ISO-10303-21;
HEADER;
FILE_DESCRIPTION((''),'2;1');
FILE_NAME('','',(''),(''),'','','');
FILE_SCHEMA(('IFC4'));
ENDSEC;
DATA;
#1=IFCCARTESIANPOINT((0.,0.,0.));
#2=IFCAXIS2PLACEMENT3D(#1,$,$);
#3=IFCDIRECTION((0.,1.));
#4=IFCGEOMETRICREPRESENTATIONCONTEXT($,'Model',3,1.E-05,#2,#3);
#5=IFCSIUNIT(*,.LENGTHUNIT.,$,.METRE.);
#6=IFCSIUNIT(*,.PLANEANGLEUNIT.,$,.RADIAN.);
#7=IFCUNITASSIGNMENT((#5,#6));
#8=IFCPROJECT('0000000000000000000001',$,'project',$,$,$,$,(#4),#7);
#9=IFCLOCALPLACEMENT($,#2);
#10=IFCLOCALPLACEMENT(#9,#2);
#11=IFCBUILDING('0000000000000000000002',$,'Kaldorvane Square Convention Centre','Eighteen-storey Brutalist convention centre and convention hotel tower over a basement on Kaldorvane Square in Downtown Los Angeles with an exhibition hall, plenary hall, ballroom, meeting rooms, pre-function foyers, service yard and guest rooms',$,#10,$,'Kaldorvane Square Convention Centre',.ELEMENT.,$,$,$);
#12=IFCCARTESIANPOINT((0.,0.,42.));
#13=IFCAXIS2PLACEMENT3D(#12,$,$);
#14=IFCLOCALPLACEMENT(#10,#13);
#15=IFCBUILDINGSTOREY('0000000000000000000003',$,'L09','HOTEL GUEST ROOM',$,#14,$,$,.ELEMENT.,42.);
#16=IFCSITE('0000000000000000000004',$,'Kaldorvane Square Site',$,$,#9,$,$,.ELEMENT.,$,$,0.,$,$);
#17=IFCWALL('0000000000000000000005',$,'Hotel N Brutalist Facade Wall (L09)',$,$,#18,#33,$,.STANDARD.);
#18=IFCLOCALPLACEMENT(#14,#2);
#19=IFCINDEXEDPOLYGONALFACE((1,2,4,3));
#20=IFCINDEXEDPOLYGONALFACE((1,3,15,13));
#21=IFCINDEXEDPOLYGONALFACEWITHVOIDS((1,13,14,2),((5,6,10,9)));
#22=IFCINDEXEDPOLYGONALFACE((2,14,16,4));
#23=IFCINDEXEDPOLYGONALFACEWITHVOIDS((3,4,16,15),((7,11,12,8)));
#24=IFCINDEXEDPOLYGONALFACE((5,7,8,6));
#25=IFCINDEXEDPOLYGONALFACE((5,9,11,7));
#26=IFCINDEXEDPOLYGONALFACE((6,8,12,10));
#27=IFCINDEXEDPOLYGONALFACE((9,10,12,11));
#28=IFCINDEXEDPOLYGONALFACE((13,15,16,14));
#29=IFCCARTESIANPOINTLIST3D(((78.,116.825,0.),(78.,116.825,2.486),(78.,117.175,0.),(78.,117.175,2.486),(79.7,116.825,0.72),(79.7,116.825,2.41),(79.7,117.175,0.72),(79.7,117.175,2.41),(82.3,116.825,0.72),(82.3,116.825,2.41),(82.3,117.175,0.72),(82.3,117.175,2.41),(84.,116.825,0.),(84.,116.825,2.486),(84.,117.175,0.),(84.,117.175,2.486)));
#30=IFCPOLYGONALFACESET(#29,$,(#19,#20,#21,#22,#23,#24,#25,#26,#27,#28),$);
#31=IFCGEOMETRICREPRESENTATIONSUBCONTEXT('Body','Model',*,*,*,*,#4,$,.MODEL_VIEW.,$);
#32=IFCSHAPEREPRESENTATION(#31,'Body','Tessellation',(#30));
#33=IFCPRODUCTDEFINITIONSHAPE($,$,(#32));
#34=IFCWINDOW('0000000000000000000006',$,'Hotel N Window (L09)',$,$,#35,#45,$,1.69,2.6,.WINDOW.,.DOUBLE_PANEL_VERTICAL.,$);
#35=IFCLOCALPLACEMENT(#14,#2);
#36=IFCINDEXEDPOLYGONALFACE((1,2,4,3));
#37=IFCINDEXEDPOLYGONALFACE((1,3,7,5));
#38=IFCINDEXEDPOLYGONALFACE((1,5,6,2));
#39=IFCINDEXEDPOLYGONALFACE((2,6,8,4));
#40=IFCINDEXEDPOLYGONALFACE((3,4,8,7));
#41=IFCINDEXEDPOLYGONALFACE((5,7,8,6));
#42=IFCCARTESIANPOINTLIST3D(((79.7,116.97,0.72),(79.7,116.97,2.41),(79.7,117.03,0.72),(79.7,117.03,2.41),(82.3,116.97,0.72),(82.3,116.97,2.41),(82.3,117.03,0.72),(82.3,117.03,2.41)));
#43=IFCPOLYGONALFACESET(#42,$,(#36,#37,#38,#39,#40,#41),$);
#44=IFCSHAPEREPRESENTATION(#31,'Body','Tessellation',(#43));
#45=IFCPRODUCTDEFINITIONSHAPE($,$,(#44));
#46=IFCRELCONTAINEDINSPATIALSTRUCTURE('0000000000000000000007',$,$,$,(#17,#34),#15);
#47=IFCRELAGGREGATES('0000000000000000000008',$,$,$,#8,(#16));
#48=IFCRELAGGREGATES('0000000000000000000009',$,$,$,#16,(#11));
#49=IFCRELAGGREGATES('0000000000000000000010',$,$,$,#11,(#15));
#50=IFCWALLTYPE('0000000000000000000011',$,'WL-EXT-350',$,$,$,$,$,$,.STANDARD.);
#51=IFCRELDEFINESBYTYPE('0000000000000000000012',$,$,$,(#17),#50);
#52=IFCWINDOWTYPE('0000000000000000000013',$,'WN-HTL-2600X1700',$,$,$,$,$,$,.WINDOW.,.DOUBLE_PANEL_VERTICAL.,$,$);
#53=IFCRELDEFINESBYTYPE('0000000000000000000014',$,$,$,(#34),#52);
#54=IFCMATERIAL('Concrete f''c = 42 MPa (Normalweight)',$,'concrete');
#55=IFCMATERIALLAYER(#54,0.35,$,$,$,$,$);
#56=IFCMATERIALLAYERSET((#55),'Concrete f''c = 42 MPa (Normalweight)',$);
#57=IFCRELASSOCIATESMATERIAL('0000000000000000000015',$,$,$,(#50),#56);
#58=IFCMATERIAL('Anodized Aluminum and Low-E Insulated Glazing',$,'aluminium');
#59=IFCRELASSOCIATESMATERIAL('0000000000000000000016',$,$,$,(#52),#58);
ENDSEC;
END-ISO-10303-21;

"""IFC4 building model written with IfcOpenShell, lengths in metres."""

from ifc_helpers import new_model, si_unit, direction, frame, frame_2d, origin, place, context, subcontext, project, spatial, rectangle, extrude, material, layer, layer_set, type_object, element, fill, save


model = new_model("IFC4")

# Units and contexts
model_context = context("Model", 3, precision=1e-05, world=origin(), true_north=direction((0.0, 1.0)))
body_context = subcontext(model_context, "Body", "Model", "MODEL_VIEW")
ifc_project = project(units=[si_unit("LENGTHUNIT", "METRE"), si_unit("PLANEANGLEUNIT", "RADIAN")], contexts=[model_context])

# Site, building, storey
site_placement = place(None, origin())
site = spatial("IfcSite", under=ifc_project, at=site_placement, Name="Kaldorvane Square Site", CompositionType="ELEMENT", RefElevation=0.0)
building_placement = place(site_placement, origin())
building = spatial("IfcBuilding", under=site, at=building_placement, Name="Kaldorvane Square Convention Centre", Description="Eighteen-storey Brutalist convention centre and convention hotel tower over a basement on Kaldorvane Square in Downtown Los Angeles with an exhibition hall, plenary hall, ballroom, meeting rooms, pre-function foyers, service yard and guest rooms", LongName="Kaldorvane Square Convention Centre", CompositionType="ELEMENT")
storey_placement = place(building_placement, frame((0.0, 0.0, 42.0)))
storey = spatial("IfcBuildingStorey", under=building, at=storey_placement, Name="L09", Description="HOTEL GUEST ROOM", CompositionType="ELEMENT", Elevation=42.0)

# Shared definitions
ifc_material_1 = material(Name="Concrete f'c = 42 MPa (Normalweight)", Category="concrete")

# Shared definitions
ifc_material_2 = material(Name="Anodized Aluminum and Low-E Insulated Glazing", Category="aluminium")

# Shared definitions
ifc_layer_1 = layer(ifc_material_1, 0.35)
ifc_layer_set_1 = layer_set([ifc_layer_1], Name="Concrete f'c = 42 MPa (Normalweight)")
wall_type_1 = type_object("IfcWallType", Name="WL-EXT-350", PredefinedType="STANDARD", material=ifc_layer_set_1)
window_type_1 = type_object("IfcWindowType", Name="WN-HTL-2600X1700", PartitioningType="DOUBLE_PANEL_VERTICAL", PredefinedType="WINDOW", material=ifc_material_2)

# Wall, opening, window
wall_1_placement = place(storey_placement, frame((84.0, 117.0, 0.0), z_axis=(0.0, 0.0, 1.0), x_axis=(-1.0, 0.0, 0.0)))
wall_1 = element("IfcWall", 1, at=wall_1_placement, inside=storey, type_object=wall_type_1, Name="Hotel N Brutalist Facade Wall (L09)", PredefinedType="STANDARD", context=body_context, shape_type="SweptSolid", body=[
    extrude(rectangle(XDim=6.0, YDim=0.35, at=frame_2d((3.0, 0.0))), origin(), (0.0, 0.0, 1.0), 2.486),
])
opening_1_placement = place(wall_1_placement, frame((1.7, 0.0, 0.72)))
opening_1 = element("IfcOpeningElement", 2, at=opening_1_placement, cuts=wall_1, PredefinedType="OPENING", context=body_context, shape_type="SweptSolid", body=[
    extrude(rectangle(XDim=2.6, YDim=1.69, at=frame_2d((1.3, 0.845))), frame((0.0, 0.19, 0.0), z_axis=(0.0, -1.0, 0.0), x_axis=(1.0, 0.0, 0.0)), (0.0, 0.0, 1.0), 0.38),
])
window_1_placement = place(opening_1_placement, origin())
window_1 = element("IfcWindow", 3, at=window_1_placement, inside=storey, type_object=window_type_1, Name="Hotel N Window (L09)", OverallHeight=1.69, OverallWidth=2.6, PartitioningType="DOUBLE_PANEL_VERTICAL", PredefinedType="WINDOW", context=body_context, shape_type="SweptSolid", body=[
    extrude(rectangle(XDim=2.6, YDim=1.69, at=frame_2d((1.3, 0.845))), frame((0.0, 0.03, 0.0), z_axis=(0.0, -1.0, 0.0), x_axis=(1.0, 0.0, 0.0)), (0.0, 0.0, 1.0), 0.06),
])
fill(opening_1, window_1)

save(model, "model.ifc")
